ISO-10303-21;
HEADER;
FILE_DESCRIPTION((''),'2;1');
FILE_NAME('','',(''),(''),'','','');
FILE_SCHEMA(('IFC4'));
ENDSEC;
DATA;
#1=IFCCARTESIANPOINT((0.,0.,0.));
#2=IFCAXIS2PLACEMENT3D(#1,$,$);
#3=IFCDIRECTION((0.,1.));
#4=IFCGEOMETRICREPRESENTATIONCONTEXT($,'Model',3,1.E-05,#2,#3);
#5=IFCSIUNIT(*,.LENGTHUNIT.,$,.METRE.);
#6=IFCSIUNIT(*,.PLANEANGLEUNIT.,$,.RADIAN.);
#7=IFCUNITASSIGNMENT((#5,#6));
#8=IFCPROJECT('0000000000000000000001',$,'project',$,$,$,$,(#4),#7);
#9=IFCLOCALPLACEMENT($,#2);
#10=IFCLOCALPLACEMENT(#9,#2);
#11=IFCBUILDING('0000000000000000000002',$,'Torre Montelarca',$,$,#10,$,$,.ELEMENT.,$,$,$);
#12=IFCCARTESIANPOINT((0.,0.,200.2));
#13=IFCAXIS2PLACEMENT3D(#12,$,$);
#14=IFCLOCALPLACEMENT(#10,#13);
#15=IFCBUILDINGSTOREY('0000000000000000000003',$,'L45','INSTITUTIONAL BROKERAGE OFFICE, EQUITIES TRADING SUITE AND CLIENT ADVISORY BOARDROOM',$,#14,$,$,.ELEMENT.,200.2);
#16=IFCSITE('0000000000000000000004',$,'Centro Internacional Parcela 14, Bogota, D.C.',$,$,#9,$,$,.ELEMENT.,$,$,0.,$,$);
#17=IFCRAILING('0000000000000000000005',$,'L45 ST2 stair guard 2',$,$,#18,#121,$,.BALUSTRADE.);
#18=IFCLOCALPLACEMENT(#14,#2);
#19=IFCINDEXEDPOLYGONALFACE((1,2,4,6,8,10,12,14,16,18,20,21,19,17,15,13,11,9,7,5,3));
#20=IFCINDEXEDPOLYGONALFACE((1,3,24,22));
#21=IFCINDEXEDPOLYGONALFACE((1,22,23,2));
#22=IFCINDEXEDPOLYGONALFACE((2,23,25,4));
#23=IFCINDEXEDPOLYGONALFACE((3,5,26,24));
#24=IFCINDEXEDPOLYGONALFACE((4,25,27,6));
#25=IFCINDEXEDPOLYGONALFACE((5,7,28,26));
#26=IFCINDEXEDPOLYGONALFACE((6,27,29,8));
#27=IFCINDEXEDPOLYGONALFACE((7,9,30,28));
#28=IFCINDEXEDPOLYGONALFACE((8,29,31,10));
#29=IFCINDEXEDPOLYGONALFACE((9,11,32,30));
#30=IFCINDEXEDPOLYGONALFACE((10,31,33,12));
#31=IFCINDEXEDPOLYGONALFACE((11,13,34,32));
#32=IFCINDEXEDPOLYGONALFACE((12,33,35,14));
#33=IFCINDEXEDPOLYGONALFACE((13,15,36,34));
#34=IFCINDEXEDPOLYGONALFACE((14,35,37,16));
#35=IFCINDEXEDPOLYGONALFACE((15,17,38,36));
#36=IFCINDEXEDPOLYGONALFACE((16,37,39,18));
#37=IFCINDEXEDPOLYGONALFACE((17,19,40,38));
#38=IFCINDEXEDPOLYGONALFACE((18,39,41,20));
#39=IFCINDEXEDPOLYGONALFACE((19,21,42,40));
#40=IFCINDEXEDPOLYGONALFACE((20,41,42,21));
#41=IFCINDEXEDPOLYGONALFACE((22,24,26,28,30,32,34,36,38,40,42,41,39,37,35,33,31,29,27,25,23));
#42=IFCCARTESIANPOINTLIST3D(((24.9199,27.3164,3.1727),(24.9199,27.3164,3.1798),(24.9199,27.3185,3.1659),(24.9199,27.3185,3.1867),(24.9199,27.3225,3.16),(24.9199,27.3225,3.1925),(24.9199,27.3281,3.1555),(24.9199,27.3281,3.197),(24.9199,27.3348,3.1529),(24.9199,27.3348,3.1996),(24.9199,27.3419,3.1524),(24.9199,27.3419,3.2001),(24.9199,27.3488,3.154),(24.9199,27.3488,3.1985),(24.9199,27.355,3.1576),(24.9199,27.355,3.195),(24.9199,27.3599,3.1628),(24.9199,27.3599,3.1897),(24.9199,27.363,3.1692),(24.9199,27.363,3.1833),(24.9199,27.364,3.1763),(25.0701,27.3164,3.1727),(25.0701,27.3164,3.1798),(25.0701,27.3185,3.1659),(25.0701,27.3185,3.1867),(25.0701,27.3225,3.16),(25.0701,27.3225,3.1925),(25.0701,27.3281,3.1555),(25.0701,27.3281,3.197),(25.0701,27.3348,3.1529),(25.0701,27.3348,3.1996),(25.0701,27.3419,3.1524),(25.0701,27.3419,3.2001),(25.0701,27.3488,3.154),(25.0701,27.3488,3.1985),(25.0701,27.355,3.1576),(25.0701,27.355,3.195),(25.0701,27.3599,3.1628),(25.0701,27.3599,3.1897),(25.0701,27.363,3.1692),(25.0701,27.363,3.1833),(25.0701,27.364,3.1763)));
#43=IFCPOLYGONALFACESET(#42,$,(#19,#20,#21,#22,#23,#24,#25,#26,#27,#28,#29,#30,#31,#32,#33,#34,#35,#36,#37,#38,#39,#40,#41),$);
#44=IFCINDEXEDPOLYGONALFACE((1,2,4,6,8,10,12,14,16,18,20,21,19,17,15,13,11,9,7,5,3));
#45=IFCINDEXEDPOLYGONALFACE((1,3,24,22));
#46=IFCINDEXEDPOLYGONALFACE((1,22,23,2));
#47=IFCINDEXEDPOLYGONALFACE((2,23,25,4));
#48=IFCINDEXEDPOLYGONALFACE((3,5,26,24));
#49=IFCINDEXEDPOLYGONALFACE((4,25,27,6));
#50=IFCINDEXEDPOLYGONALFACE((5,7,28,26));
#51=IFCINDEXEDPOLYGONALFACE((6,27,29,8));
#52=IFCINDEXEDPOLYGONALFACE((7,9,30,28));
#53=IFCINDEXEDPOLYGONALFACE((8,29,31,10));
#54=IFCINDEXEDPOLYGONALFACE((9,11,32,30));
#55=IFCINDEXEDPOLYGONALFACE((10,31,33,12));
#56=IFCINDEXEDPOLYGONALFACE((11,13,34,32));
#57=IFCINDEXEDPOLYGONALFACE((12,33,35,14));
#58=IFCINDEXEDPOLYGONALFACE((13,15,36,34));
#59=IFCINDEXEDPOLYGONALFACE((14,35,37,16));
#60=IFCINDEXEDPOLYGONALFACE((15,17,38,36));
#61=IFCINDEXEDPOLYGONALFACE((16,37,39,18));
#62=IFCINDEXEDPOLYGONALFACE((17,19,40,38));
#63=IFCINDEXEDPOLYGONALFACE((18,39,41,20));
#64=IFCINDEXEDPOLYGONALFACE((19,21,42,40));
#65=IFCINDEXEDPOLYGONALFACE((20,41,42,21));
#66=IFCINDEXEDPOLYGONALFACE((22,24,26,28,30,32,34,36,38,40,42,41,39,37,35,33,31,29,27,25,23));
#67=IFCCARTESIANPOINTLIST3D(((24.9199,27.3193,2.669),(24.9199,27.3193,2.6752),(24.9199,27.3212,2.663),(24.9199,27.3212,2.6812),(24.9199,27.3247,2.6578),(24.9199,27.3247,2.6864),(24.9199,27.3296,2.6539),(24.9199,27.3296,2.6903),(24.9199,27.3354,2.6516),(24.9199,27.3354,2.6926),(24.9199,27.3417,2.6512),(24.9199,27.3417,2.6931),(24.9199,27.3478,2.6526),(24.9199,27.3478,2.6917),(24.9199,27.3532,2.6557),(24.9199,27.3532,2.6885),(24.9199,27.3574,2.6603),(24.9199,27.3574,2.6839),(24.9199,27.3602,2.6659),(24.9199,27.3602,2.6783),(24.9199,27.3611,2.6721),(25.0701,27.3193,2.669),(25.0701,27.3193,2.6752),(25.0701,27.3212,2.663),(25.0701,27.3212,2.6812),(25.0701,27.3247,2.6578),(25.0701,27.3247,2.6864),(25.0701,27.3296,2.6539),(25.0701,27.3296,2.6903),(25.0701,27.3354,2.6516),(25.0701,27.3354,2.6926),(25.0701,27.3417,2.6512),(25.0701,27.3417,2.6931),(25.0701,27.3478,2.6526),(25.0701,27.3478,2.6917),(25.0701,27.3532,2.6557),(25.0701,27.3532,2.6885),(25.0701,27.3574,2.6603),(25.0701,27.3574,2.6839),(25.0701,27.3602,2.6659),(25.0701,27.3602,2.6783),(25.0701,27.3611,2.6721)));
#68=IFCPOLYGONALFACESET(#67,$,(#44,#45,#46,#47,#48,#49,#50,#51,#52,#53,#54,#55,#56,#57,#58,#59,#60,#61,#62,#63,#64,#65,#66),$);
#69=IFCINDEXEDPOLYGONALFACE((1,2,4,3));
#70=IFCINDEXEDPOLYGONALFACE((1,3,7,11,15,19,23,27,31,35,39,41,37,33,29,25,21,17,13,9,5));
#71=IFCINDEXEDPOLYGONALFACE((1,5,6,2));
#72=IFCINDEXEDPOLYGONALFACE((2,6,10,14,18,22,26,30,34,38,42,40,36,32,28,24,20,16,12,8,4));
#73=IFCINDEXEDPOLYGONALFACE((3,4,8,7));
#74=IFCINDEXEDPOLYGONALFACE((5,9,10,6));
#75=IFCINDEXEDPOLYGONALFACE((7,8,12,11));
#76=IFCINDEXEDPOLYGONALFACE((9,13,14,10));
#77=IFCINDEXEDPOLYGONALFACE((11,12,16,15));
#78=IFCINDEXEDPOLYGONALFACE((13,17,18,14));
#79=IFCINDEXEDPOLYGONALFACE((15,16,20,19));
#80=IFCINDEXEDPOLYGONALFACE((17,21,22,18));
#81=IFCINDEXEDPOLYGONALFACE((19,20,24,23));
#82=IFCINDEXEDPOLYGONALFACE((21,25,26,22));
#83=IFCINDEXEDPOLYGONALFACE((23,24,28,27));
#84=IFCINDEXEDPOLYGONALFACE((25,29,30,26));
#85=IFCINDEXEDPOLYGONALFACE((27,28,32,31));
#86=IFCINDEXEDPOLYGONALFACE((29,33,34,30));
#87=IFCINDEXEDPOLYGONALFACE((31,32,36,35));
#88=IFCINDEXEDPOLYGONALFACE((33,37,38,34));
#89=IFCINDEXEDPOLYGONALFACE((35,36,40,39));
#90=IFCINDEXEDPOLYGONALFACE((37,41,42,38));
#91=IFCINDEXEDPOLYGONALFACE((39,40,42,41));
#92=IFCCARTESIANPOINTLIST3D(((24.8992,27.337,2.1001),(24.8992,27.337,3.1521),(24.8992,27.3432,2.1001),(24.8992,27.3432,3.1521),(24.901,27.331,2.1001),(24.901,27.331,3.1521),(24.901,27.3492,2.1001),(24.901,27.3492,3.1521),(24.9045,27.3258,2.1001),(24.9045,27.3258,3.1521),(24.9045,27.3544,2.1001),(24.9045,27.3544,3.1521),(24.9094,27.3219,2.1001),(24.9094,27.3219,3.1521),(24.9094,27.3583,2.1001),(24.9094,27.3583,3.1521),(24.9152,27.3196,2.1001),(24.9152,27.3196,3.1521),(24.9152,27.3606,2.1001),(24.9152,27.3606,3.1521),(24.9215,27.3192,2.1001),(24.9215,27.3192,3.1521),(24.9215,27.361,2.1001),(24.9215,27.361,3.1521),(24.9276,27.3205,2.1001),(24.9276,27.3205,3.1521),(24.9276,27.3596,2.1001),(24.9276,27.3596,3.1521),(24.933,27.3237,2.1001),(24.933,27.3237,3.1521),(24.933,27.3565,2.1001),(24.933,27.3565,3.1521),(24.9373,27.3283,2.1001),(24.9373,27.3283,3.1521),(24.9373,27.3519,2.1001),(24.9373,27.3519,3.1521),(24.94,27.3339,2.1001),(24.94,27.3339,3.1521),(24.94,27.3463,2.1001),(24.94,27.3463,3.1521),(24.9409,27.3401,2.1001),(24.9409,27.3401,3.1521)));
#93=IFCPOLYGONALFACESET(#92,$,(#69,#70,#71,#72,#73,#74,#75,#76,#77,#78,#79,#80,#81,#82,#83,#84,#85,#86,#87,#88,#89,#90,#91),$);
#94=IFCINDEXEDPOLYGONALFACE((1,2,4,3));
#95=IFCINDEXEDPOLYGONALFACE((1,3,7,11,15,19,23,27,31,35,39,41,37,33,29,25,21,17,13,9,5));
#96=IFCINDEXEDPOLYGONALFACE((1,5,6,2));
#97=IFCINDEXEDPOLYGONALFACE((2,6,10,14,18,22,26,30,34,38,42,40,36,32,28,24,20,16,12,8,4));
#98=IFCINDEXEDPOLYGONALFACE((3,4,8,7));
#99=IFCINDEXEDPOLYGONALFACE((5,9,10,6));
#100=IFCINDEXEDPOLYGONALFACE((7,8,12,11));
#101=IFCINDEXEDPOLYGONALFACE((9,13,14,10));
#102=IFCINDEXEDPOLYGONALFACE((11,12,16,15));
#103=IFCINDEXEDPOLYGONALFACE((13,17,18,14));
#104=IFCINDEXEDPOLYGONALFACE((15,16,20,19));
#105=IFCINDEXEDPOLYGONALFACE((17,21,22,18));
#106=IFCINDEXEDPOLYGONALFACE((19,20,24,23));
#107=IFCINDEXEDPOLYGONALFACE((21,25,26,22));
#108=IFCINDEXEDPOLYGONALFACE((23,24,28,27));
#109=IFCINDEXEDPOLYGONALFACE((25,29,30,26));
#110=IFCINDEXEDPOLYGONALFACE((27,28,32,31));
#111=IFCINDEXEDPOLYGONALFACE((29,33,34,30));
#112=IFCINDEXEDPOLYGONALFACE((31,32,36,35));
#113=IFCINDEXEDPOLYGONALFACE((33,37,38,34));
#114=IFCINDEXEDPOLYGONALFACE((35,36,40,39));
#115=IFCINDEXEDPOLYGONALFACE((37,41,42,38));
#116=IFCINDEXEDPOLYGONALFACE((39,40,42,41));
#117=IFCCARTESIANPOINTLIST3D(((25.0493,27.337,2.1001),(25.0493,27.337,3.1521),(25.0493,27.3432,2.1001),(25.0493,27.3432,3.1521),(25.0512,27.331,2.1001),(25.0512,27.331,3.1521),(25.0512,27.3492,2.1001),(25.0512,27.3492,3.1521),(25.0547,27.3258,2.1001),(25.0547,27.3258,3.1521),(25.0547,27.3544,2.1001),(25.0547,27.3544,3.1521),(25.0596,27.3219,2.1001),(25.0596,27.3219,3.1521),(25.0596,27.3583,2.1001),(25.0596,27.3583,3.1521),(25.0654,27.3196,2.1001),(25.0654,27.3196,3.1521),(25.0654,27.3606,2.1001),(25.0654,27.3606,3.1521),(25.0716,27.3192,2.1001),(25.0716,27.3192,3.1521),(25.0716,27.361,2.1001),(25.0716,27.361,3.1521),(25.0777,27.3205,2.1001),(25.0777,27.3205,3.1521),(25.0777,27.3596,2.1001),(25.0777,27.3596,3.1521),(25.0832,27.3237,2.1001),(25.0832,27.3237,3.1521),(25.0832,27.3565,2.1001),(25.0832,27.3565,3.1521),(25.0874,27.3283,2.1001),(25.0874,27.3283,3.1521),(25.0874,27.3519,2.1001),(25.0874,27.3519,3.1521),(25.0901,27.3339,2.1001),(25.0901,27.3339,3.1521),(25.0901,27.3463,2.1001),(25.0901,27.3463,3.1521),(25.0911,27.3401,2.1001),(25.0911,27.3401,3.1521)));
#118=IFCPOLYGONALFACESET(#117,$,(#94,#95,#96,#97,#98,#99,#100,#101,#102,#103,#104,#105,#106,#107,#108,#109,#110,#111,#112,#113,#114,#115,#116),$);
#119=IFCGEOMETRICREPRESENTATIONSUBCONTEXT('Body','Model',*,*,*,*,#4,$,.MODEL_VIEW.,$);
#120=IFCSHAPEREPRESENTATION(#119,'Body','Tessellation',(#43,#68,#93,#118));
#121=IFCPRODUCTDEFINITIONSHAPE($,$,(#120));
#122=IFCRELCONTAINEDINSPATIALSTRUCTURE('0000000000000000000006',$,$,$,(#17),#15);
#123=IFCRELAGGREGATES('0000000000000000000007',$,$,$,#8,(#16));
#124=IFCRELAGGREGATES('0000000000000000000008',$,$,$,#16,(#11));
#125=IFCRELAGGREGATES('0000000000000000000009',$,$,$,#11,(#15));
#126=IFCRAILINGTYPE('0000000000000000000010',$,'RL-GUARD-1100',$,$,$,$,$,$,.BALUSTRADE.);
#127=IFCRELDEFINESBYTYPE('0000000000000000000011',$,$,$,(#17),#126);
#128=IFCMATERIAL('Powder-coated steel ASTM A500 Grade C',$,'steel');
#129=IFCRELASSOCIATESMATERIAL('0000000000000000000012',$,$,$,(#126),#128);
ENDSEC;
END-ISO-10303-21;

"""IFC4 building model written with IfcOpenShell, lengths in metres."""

from ifc_helpers import new_model, si_unit, direction, frame, origin, origin_2d, place, context, subcontext, project, spatial, circle, extrude, material, type_object, element, save


model = new_model("IFC4")

# Units and contexts
model_context = context("Model", 3, precision=1e-05, world=origin(), true_north=direction((0.0, 1.0)))
body_context = subcontext(model_context, "Body", "Model", "MODEL_VIEW")
ifc_project = project(units=[si_unit("LENGTHUNIT", "METRE"), si_unit("PLANEANGLEUNIT", "RADIAN")], contexts=[model_context])

# Site, building, storey
site_placement = place(None, origin())
site = spatial("IfcSite", under=ifc_project, at=site_placement, Name="Centro Internacional Parcela 14, Bogota, D.C.", CompositionType="ELEMENT", RefElevation=0.0)
building_placement = place(site_placement, origin())
building = spatial("IfcBuilding", under=site, at=building_placement, Name="Torre Montelarca", CompositionType="ELEMENT")
storey_placement = place(building_placement, frame((0.0, 0.0, 200.2)))
storey = spatial("IfcBuildingStorey", under=building, at=storey_placement, Name="L45", Description="INSTITUTIONAL BROKERAGE OFFICE, EQUITIES TRADING SUITE AND CLIENT ADVISORY BOARDROOM", CompositionType="ELEMENT", Elevation=200.2)

# Railing
ifc_material_1 = material(Name="Powder-coated steel ASTM A500 Grade C", Category="steel")
railing_type_1 = type_object("IfcRailingType", Name="RL-GUARD-1100", PredefinedType="BALUSTRADE", material=ifc_material_1)
railing_1_placement = place(storey_placement, frame((24.9199, 27.3401, 2.1001)))
element("IfcRailing", 1, at=railing_1_placement, inside=storey, type_object=railing_type_1, Name="L45 ST2 stair guard 2", PredefinedType="BALUSTRADE", context=body_context, shape_type="SweptSolid", body=[
    extrude(circle(Radius=0.0239, at=origin_2d()), frame((0.0, 0.0, 1.0762), z_axis=(1.0, 0.0, 0.0), x_axis=(0.0, 1.0, 0.0)), (0.0, 0.0, 1.0), 0.1501),
    extrude(circle(Radius=0.021, at=origin_2d()), frame((0.0, 0.0, 0.572), z_axis=(1.0, 0.0, 0.0), x_axis=(0.0, 1.0, 0.0)), (0.0, 0.0, 1.0), 0.1501),
    extrude(circle(Radius=0.021, at=origin_2d()), origin(), (0.0, 0.0, 1.0), 1.052),
    extrude(circle(Radius=0.021, at=origin_2d()), frame((0.1501, 0.0, 0.0)), (0.0, 0.0, 1.0), 1.052),
])

save(model, "model.ifc")
